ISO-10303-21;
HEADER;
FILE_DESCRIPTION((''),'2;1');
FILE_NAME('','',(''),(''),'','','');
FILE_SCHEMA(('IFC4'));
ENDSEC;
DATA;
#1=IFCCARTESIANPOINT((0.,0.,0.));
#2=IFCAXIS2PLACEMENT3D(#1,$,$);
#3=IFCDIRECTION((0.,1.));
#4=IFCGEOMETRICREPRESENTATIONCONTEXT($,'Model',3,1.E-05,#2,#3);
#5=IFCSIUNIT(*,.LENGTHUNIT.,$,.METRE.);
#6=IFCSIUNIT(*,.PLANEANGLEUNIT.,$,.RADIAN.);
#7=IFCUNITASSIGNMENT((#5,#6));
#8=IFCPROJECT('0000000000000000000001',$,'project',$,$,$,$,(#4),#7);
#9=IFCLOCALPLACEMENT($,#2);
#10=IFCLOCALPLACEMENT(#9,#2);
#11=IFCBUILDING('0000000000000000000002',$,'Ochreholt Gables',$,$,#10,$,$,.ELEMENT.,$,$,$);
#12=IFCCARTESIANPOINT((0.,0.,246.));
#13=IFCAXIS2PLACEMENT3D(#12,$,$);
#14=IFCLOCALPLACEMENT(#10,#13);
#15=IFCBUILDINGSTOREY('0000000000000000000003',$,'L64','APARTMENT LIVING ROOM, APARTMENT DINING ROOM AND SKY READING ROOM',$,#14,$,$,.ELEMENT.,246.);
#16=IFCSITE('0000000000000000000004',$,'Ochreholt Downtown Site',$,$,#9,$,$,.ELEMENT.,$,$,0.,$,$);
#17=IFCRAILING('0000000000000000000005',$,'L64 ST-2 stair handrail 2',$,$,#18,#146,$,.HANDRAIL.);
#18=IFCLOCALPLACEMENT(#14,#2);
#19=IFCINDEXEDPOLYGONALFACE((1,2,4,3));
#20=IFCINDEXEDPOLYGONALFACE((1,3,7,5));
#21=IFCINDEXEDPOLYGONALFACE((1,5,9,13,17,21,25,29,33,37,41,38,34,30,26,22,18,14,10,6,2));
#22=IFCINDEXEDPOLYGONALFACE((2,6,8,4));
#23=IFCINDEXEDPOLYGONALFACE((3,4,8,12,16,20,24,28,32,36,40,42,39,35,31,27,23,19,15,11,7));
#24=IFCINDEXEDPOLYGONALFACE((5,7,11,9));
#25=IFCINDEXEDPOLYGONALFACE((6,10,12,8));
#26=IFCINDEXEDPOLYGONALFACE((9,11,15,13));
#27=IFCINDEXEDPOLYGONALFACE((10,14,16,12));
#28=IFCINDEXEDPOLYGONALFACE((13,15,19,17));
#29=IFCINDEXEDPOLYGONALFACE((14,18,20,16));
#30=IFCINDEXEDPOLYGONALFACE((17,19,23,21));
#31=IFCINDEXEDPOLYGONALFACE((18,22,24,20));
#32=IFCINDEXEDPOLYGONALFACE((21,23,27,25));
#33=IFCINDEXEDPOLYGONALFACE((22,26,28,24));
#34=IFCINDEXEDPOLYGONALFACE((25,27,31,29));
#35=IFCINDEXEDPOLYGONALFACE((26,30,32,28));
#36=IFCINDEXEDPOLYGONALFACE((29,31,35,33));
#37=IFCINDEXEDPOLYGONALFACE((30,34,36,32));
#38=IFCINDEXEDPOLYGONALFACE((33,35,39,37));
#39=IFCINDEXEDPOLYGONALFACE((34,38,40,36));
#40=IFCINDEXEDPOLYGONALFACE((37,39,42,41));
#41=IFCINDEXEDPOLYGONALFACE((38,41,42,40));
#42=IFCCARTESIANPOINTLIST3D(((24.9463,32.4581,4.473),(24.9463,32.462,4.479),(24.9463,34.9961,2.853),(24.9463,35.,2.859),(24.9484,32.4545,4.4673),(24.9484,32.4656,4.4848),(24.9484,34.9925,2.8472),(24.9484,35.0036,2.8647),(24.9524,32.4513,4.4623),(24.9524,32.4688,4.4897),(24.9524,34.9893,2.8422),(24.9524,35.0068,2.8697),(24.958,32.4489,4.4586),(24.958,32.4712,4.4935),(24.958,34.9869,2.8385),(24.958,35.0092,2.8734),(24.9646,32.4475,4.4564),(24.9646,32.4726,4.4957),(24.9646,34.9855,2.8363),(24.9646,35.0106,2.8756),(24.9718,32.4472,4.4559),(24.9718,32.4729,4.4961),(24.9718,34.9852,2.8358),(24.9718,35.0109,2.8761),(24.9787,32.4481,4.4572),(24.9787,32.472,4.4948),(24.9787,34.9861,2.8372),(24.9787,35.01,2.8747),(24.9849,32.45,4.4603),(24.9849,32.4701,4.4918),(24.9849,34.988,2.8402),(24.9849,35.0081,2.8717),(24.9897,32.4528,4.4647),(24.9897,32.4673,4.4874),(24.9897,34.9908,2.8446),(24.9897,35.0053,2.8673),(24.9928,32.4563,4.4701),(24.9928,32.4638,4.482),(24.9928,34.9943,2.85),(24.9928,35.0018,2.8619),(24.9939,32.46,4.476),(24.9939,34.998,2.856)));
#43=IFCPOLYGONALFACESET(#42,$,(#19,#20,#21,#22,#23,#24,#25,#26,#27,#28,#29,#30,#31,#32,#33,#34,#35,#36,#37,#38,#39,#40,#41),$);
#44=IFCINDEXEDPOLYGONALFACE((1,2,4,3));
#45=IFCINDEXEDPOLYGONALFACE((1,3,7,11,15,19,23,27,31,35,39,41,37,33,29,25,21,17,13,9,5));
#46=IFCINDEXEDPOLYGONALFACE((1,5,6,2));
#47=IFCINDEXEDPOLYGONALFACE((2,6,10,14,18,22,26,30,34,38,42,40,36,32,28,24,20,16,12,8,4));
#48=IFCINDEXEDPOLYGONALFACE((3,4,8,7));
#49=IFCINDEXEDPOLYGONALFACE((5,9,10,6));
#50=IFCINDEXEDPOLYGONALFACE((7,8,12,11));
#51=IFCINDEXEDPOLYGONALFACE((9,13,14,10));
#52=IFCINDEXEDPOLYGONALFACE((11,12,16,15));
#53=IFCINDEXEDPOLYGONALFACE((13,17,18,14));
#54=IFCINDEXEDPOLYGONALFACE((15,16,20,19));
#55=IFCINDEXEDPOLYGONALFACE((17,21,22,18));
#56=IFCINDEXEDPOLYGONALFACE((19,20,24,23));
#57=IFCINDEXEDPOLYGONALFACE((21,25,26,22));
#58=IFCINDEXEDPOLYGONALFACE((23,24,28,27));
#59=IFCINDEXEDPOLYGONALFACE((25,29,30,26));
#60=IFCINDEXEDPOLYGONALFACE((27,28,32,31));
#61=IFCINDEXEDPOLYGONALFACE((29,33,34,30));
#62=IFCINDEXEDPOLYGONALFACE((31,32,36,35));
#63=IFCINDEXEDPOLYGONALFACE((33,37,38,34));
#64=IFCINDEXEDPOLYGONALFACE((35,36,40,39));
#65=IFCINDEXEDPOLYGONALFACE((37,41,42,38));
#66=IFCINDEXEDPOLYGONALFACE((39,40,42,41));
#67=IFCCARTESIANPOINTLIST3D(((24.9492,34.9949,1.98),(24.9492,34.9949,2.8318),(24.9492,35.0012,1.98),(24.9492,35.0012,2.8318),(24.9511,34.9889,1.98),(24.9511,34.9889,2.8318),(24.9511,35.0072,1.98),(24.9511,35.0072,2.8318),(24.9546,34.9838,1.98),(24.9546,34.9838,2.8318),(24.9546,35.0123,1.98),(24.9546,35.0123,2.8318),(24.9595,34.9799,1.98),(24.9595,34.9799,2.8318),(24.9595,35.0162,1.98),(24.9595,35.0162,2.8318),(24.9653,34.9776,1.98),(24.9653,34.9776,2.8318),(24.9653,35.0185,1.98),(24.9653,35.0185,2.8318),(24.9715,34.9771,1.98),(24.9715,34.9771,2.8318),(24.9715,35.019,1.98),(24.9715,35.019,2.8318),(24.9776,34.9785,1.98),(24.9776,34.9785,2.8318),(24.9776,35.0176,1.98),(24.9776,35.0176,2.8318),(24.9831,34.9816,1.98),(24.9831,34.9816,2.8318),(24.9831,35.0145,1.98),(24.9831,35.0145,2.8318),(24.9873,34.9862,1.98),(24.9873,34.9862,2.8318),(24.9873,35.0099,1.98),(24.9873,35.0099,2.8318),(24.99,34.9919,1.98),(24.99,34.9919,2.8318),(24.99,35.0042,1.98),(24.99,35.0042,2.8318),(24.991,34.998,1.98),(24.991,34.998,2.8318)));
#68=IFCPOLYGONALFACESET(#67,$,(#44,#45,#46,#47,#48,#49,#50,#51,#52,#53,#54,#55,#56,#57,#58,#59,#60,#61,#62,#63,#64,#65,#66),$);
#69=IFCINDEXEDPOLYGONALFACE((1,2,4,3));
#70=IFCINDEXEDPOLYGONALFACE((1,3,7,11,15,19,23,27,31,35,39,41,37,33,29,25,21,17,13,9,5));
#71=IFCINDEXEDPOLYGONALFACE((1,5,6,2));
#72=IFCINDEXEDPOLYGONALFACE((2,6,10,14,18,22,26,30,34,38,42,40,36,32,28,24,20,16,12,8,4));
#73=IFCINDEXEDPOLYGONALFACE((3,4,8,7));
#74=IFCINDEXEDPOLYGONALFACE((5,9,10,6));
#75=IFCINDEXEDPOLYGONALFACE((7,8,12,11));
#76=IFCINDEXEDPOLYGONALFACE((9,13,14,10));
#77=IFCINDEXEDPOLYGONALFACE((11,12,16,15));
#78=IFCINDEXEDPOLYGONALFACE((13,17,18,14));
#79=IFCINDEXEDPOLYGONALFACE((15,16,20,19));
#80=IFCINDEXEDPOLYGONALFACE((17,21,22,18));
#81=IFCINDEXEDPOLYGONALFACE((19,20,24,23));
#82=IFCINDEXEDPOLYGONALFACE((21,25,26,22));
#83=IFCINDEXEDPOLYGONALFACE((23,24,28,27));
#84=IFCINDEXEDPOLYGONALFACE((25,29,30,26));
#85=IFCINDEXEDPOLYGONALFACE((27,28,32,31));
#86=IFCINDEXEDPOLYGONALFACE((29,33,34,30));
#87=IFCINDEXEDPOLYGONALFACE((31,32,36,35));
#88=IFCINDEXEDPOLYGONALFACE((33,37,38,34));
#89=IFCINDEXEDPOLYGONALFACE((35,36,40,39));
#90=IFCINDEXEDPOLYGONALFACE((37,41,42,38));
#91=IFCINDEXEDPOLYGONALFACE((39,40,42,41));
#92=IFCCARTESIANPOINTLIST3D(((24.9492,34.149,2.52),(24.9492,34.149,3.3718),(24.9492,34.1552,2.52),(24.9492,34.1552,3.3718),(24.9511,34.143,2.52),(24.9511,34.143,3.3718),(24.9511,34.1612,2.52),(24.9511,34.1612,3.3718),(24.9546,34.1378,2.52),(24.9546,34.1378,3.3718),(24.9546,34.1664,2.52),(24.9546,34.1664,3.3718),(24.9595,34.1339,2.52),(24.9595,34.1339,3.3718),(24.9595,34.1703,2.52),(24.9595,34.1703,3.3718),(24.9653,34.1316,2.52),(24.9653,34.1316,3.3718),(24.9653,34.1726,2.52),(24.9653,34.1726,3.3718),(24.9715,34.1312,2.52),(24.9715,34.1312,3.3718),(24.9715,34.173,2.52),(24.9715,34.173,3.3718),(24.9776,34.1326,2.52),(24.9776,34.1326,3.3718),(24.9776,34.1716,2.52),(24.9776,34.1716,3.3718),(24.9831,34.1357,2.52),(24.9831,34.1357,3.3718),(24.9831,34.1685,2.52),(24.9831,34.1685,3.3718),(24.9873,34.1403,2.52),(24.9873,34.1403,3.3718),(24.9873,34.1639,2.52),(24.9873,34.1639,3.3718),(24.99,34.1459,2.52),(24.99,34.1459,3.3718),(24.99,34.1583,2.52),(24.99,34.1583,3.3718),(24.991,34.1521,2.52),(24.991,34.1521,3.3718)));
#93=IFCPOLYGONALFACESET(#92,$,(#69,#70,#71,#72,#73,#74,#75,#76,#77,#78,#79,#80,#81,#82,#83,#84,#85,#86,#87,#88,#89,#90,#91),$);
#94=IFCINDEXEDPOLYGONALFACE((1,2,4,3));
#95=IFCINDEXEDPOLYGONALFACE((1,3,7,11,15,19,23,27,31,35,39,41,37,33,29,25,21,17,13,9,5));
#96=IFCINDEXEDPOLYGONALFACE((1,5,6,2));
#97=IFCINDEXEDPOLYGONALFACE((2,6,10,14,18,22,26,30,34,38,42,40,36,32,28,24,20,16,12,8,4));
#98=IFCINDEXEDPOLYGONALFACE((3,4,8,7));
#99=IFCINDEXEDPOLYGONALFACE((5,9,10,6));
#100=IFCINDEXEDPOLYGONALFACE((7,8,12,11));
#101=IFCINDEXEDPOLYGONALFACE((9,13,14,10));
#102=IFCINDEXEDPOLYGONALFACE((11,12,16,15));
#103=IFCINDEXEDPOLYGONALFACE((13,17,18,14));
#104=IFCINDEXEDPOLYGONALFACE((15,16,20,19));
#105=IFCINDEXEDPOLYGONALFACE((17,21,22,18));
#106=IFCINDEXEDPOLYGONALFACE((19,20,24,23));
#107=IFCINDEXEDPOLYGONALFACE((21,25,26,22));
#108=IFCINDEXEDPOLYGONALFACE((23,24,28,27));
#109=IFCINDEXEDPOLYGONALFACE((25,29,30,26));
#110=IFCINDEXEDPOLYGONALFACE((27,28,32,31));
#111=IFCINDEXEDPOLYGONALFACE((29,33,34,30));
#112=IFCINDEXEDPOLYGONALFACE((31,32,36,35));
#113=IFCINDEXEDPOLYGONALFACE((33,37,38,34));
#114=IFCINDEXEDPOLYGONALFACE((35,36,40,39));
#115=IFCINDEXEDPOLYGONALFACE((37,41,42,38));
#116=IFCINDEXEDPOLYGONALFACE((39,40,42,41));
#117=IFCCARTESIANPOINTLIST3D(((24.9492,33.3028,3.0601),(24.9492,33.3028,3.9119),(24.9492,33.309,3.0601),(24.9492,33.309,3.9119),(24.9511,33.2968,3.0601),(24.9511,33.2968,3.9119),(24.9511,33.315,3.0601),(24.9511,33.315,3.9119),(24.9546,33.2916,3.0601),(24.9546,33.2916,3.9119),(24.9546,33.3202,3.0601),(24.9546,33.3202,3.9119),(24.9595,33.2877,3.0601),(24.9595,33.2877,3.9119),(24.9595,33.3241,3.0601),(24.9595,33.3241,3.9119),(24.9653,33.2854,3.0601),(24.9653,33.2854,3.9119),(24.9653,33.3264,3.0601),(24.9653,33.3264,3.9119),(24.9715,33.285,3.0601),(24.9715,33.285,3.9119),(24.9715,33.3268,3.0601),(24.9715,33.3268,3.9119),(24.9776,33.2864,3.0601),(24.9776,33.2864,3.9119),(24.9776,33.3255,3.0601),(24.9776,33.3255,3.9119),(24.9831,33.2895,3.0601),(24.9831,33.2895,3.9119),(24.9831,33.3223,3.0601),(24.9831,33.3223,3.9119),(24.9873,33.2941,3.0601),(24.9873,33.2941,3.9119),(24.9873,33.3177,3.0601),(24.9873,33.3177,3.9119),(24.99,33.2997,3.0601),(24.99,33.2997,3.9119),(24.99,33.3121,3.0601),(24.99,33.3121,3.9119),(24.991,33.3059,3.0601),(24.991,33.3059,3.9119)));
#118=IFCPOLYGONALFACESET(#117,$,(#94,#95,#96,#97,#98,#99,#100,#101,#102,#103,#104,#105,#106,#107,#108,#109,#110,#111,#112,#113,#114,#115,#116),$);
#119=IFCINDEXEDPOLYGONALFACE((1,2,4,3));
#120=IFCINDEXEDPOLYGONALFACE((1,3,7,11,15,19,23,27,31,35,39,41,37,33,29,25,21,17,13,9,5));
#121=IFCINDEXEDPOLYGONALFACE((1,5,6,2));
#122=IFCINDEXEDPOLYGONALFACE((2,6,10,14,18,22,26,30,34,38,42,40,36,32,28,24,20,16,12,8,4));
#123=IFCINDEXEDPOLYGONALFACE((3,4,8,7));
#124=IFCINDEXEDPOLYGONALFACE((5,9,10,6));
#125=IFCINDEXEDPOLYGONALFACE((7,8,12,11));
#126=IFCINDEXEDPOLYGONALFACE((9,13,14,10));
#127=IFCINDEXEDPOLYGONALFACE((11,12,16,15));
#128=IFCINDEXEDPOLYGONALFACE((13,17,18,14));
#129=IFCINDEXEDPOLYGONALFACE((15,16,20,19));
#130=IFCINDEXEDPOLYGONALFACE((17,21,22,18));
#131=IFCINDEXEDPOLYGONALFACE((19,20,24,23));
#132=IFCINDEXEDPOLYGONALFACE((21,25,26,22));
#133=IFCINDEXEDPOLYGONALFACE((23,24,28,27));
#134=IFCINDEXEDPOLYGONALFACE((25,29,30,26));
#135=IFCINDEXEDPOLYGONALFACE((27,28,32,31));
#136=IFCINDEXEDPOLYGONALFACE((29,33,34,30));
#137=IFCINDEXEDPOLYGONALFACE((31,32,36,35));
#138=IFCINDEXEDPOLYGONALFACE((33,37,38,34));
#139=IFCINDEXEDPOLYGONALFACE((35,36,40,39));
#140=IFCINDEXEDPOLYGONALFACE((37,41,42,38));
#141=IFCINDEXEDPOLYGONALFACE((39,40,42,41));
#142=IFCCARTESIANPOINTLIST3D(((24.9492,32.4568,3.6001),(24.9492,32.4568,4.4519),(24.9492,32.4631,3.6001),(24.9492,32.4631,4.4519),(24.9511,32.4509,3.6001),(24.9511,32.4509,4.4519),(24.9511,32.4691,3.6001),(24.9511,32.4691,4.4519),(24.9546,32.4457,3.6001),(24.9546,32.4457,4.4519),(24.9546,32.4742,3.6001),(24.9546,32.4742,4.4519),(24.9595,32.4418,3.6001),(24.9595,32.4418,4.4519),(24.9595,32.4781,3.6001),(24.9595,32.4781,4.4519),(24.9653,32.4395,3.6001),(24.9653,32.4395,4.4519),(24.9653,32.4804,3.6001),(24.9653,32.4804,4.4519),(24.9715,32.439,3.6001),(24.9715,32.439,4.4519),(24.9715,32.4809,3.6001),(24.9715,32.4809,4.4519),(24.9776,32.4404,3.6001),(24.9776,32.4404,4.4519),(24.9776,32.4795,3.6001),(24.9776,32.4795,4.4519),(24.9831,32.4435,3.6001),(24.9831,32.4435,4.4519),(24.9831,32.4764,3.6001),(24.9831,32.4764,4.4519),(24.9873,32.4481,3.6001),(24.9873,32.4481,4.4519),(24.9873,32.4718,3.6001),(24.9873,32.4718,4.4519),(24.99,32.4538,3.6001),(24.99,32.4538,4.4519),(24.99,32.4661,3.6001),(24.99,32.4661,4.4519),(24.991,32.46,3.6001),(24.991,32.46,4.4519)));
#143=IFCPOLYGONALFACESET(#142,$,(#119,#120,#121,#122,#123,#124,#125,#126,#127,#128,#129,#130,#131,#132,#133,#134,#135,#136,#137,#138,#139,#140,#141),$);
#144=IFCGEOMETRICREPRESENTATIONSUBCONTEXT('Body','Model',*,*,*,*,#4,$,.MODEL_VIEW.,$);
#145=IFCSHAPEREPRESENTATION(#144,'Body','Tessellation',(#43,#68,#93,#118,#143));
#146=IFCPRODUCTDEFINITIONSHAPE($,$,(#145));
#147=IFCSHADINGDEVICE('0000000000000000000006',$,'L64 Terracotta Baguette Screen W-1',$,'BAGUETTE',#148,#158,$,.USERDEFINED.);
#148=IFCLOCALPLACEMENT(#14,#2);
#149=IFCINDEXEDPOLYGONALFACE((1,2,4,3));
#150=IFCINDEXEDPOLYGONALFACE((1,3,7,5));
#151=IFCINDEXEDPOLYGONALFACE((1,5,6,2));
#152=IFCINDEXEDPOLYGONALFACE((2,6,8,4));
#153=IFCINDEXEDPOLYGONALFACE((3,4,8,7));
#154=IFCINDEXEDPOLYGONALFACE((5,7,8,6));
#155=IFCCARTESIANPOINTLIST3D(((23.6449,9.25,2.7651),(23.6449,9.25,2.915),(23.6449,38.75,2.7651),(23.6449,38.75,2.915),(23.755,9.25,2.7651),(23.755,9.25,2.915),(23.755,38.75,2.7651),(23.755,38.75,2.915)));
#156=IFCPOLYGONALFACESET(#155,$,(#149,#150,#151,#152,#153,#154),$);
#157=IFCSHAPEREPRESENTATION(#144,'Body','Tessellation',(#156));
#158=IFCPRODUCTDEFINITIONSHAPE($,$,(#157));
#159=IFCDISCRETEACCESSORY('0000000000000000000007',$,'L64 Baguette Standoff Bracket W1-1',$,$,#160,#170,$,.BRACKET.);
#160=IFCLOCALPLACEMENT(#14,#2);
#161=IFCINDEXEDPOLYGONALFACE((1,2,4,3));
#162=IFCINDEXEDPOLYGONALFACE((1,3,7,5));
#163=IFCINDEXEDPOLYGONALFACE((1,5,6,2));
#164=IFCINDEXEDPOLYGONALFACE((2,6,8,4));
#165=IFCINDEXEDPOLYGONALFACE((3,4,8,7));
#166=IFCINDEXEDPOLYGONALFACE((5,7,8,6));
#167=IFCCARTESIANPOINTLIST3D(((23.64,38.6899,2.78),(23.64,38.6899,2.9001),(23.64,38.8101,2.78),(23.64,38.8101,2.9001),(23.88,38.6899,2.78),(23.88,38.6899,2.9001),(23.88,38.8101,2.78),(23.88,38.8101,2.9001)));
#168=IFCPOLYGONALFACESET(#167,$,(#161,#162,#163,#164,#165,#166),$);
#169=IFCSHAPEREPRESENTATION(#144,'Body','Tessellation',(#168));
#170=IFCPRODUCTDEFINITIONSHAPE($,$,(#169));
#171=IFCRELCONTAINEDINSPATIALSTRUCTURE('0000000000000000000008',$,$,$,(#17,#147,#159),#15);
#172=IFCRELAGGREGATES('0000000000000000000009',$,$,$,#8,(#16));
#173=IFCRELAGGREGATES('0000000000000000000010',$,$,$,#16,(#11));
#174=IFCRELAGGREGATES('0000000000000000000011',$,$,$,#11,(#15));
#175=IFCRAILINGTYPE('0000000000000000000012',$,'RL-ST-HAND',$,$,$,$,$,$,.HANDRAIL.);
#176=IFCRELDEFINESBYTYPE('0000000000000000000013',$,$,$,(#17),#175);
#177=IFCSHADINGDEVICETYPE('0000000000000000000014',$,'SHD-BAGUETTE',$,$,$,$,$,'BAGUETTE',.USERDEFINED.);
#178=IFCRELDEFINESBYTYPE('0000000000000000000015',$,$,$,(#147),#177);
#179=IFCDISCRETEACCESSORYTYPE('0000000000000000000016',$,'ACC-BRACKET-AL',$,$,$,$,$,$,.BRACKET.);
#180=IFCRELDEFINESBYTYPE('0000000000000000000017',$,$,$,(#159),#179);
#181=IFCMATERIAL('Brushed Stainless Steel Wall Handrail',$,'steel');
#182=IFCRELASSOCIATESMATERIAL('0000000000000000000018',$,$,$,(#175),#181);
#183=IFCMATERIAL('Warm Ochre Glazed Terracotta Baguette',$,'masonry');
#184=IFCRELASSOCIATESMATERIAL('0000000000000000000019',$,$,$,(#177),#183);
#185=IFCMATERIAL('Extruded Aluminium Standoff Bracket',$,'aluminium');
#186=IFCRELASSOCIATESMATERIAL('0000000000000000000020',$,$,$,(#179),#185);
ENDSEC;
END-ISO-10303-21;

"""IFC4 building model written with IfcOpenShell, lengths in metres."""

from ifc_helpers import new_model, si_unit, direction, frame, origin, origin_2d, place, context, subcontext, project, spatial, rectangle, circle, extrude, material, material_profile, profile_set, type_object, element, save


model = new_model("IFC4")

# Units and contexts
model_context = context("Model", 3, precision=1e-05, world=origin(), true_north=direction((0.0, 1.0)))
body_context = subcontext(model_context, "Body", "Model", "MODEL_VIEW")
ifc_project = project(units=[si_unit("LENGTHUNIT", "METRE"), si_unit("PLANEANGLEUNIT", "RADIAN")], contexts=[model_context])

# Site, building, storey
site_placement = place(None, origin())
site = spatial("IfcSite", under=ifc_project, at=site_placement, Name="Ochreholt Downtown Site", CompositionType="ELEMENT", RefElevation=0.0)
building_placement = place(site_placement, origin())
building = spatial("IfcBuilding", under=site, at=building_placement, Name="Ochreholt Gables", CompositionType="ELEMENT")
storey_placement = place(building_placement, frame((0.0, 0.0, 246.0)))
storey = spatial("IfcBuildingStorey", under=building, at=storey_placement, Name="L64", Description="APARTMENT LIVING ROOM, APARTMENT DINING ROOM AND SKY READING ROOM", CompositionType="ELEMENT", Elevation=246.0)

# Railing
ifc_material_1 = material(Name="Brushed Stainless Steel Wall Handrail", Category="steel")
railing_type_1 = type_object("IfcRailingType", Name="RL-ST-HAND", PredefinedType="HANDRAIL", material=ifc_material_1)
railing_1_placement = place(storey_placement, frame((24.97, 34.998, 1.98)))
element("IfcRailing", 1, at=railing_1_placement, inside=storey, type_object=railing_type_1, Name="L64 ST-2 stair handrail 2", PredefinedType="HANDRAIL", context=body_context, shape_type="SweptSolid", body=[
    extrude(circle(Radius=0.0239, at=origin_2d()), frame((0.0, 0.0, 0.876), z_axis=(0.0, -0.842913, 0.53805), x_axis=(1.0, 0.0, 0.0)), (0.0, 0.0, 1.0), 3.011),
    extrude(circle(Radius=0.021, at=origin_2d()), origin(), (0.0, 0.0, 1.0), 0.8518),
    extrude(circle(Radius=0.021, at=origin_2d()), frame((0.0, -0.8459, 0.54)), (0.0, 0.0, 1.0), 0.8518),
    extrude(circle(Radius=0.021, at=origin_2d()), frame((0.0, -1.6921, 1.0801)), (0.0, 0.0, 1.0), 0.8518),
    extrude(circle(Radius=0.021, at=origin_2d()), frame((0.0, -2.5381, 1.6201)), (0.0, 0.0, 1.0), 0.8518),
])

# Shading device
ifc_material_2 = material(Name="Warm Ochre Glazed Terracotta Baguette", Category="masonry")
ifc_material_profile_1 = material_profile(ifc_material_2, rectangle(XDim=0.1101, YDim=0.1499, at=origin_2d()), Name="TCBAG110X150")
ifc_profile_set_1 = profile_set([ifc_material_profile_1], Name="Warm Ochre Glazed Terracotta Baguette")
shading_device_type = type_object("IfcShadingDeviceType", Name="SHD-BAGUETTE", ElementType="BAGUETTE", PredefinedType="USERDEFINED", material=ifc_profile_set_1)
shading_device_placement = place(storey_placement, frame((23.7, 38.75, 2.8401), z_axis=(0.0, -1.0, 0.0), x_axis=(1.0, 0.0, 0.0)))
element("IfcShadingDevice", 2, at=shading_device_placement, inside=storey, type_object=shading_device_type, Name="L64 Terracotta Baguette Screen W-1", ObjectType="BAGUETTE", PredefinedType="USERDEFINED", context=body_context, shape_type="SweptSolid", body=[
    extrude(rectangle(XDim=0.1101, YDim=0.1499, at=origin_2d()), origin(), (0.0, 0.0, 1.0), 29.5),
])

# Discrete accessory
ifc_material_3 = material(Name="Extruded Aluminium Standoff Bracket", Category="aluminium")
discrete_accessory_type = type_object("IfcDiscreteAccessoryType", Name="ACC-BRACKET-AL", PredefinedType="BRACKET", material=ifc_material_3)
discrete_accessory_placement = place(storey_placement, frame((23.76, 38.75, 2.78), z_axis=(0.0, 0.0, 1.0), x_axis=(0.0, -1.0, 0.0)))
element("IfcDiscreteAccessory", 3, at=discrete_accessory_placement, inside=storey, type_object=discrete_accessory_type, Name="L64 Baguette Standoff Bracket W1-1", PredefinedType="BRACKET", context=body_context, shape_type="SweptSolid", body=[
    extrude(rectangle(XDim=0.1201, YDim=0.24, at=origin_2d()), origin(), (0.0, 0.0, 1.0), 0.1201),
])

save(model, "model.ifc")
